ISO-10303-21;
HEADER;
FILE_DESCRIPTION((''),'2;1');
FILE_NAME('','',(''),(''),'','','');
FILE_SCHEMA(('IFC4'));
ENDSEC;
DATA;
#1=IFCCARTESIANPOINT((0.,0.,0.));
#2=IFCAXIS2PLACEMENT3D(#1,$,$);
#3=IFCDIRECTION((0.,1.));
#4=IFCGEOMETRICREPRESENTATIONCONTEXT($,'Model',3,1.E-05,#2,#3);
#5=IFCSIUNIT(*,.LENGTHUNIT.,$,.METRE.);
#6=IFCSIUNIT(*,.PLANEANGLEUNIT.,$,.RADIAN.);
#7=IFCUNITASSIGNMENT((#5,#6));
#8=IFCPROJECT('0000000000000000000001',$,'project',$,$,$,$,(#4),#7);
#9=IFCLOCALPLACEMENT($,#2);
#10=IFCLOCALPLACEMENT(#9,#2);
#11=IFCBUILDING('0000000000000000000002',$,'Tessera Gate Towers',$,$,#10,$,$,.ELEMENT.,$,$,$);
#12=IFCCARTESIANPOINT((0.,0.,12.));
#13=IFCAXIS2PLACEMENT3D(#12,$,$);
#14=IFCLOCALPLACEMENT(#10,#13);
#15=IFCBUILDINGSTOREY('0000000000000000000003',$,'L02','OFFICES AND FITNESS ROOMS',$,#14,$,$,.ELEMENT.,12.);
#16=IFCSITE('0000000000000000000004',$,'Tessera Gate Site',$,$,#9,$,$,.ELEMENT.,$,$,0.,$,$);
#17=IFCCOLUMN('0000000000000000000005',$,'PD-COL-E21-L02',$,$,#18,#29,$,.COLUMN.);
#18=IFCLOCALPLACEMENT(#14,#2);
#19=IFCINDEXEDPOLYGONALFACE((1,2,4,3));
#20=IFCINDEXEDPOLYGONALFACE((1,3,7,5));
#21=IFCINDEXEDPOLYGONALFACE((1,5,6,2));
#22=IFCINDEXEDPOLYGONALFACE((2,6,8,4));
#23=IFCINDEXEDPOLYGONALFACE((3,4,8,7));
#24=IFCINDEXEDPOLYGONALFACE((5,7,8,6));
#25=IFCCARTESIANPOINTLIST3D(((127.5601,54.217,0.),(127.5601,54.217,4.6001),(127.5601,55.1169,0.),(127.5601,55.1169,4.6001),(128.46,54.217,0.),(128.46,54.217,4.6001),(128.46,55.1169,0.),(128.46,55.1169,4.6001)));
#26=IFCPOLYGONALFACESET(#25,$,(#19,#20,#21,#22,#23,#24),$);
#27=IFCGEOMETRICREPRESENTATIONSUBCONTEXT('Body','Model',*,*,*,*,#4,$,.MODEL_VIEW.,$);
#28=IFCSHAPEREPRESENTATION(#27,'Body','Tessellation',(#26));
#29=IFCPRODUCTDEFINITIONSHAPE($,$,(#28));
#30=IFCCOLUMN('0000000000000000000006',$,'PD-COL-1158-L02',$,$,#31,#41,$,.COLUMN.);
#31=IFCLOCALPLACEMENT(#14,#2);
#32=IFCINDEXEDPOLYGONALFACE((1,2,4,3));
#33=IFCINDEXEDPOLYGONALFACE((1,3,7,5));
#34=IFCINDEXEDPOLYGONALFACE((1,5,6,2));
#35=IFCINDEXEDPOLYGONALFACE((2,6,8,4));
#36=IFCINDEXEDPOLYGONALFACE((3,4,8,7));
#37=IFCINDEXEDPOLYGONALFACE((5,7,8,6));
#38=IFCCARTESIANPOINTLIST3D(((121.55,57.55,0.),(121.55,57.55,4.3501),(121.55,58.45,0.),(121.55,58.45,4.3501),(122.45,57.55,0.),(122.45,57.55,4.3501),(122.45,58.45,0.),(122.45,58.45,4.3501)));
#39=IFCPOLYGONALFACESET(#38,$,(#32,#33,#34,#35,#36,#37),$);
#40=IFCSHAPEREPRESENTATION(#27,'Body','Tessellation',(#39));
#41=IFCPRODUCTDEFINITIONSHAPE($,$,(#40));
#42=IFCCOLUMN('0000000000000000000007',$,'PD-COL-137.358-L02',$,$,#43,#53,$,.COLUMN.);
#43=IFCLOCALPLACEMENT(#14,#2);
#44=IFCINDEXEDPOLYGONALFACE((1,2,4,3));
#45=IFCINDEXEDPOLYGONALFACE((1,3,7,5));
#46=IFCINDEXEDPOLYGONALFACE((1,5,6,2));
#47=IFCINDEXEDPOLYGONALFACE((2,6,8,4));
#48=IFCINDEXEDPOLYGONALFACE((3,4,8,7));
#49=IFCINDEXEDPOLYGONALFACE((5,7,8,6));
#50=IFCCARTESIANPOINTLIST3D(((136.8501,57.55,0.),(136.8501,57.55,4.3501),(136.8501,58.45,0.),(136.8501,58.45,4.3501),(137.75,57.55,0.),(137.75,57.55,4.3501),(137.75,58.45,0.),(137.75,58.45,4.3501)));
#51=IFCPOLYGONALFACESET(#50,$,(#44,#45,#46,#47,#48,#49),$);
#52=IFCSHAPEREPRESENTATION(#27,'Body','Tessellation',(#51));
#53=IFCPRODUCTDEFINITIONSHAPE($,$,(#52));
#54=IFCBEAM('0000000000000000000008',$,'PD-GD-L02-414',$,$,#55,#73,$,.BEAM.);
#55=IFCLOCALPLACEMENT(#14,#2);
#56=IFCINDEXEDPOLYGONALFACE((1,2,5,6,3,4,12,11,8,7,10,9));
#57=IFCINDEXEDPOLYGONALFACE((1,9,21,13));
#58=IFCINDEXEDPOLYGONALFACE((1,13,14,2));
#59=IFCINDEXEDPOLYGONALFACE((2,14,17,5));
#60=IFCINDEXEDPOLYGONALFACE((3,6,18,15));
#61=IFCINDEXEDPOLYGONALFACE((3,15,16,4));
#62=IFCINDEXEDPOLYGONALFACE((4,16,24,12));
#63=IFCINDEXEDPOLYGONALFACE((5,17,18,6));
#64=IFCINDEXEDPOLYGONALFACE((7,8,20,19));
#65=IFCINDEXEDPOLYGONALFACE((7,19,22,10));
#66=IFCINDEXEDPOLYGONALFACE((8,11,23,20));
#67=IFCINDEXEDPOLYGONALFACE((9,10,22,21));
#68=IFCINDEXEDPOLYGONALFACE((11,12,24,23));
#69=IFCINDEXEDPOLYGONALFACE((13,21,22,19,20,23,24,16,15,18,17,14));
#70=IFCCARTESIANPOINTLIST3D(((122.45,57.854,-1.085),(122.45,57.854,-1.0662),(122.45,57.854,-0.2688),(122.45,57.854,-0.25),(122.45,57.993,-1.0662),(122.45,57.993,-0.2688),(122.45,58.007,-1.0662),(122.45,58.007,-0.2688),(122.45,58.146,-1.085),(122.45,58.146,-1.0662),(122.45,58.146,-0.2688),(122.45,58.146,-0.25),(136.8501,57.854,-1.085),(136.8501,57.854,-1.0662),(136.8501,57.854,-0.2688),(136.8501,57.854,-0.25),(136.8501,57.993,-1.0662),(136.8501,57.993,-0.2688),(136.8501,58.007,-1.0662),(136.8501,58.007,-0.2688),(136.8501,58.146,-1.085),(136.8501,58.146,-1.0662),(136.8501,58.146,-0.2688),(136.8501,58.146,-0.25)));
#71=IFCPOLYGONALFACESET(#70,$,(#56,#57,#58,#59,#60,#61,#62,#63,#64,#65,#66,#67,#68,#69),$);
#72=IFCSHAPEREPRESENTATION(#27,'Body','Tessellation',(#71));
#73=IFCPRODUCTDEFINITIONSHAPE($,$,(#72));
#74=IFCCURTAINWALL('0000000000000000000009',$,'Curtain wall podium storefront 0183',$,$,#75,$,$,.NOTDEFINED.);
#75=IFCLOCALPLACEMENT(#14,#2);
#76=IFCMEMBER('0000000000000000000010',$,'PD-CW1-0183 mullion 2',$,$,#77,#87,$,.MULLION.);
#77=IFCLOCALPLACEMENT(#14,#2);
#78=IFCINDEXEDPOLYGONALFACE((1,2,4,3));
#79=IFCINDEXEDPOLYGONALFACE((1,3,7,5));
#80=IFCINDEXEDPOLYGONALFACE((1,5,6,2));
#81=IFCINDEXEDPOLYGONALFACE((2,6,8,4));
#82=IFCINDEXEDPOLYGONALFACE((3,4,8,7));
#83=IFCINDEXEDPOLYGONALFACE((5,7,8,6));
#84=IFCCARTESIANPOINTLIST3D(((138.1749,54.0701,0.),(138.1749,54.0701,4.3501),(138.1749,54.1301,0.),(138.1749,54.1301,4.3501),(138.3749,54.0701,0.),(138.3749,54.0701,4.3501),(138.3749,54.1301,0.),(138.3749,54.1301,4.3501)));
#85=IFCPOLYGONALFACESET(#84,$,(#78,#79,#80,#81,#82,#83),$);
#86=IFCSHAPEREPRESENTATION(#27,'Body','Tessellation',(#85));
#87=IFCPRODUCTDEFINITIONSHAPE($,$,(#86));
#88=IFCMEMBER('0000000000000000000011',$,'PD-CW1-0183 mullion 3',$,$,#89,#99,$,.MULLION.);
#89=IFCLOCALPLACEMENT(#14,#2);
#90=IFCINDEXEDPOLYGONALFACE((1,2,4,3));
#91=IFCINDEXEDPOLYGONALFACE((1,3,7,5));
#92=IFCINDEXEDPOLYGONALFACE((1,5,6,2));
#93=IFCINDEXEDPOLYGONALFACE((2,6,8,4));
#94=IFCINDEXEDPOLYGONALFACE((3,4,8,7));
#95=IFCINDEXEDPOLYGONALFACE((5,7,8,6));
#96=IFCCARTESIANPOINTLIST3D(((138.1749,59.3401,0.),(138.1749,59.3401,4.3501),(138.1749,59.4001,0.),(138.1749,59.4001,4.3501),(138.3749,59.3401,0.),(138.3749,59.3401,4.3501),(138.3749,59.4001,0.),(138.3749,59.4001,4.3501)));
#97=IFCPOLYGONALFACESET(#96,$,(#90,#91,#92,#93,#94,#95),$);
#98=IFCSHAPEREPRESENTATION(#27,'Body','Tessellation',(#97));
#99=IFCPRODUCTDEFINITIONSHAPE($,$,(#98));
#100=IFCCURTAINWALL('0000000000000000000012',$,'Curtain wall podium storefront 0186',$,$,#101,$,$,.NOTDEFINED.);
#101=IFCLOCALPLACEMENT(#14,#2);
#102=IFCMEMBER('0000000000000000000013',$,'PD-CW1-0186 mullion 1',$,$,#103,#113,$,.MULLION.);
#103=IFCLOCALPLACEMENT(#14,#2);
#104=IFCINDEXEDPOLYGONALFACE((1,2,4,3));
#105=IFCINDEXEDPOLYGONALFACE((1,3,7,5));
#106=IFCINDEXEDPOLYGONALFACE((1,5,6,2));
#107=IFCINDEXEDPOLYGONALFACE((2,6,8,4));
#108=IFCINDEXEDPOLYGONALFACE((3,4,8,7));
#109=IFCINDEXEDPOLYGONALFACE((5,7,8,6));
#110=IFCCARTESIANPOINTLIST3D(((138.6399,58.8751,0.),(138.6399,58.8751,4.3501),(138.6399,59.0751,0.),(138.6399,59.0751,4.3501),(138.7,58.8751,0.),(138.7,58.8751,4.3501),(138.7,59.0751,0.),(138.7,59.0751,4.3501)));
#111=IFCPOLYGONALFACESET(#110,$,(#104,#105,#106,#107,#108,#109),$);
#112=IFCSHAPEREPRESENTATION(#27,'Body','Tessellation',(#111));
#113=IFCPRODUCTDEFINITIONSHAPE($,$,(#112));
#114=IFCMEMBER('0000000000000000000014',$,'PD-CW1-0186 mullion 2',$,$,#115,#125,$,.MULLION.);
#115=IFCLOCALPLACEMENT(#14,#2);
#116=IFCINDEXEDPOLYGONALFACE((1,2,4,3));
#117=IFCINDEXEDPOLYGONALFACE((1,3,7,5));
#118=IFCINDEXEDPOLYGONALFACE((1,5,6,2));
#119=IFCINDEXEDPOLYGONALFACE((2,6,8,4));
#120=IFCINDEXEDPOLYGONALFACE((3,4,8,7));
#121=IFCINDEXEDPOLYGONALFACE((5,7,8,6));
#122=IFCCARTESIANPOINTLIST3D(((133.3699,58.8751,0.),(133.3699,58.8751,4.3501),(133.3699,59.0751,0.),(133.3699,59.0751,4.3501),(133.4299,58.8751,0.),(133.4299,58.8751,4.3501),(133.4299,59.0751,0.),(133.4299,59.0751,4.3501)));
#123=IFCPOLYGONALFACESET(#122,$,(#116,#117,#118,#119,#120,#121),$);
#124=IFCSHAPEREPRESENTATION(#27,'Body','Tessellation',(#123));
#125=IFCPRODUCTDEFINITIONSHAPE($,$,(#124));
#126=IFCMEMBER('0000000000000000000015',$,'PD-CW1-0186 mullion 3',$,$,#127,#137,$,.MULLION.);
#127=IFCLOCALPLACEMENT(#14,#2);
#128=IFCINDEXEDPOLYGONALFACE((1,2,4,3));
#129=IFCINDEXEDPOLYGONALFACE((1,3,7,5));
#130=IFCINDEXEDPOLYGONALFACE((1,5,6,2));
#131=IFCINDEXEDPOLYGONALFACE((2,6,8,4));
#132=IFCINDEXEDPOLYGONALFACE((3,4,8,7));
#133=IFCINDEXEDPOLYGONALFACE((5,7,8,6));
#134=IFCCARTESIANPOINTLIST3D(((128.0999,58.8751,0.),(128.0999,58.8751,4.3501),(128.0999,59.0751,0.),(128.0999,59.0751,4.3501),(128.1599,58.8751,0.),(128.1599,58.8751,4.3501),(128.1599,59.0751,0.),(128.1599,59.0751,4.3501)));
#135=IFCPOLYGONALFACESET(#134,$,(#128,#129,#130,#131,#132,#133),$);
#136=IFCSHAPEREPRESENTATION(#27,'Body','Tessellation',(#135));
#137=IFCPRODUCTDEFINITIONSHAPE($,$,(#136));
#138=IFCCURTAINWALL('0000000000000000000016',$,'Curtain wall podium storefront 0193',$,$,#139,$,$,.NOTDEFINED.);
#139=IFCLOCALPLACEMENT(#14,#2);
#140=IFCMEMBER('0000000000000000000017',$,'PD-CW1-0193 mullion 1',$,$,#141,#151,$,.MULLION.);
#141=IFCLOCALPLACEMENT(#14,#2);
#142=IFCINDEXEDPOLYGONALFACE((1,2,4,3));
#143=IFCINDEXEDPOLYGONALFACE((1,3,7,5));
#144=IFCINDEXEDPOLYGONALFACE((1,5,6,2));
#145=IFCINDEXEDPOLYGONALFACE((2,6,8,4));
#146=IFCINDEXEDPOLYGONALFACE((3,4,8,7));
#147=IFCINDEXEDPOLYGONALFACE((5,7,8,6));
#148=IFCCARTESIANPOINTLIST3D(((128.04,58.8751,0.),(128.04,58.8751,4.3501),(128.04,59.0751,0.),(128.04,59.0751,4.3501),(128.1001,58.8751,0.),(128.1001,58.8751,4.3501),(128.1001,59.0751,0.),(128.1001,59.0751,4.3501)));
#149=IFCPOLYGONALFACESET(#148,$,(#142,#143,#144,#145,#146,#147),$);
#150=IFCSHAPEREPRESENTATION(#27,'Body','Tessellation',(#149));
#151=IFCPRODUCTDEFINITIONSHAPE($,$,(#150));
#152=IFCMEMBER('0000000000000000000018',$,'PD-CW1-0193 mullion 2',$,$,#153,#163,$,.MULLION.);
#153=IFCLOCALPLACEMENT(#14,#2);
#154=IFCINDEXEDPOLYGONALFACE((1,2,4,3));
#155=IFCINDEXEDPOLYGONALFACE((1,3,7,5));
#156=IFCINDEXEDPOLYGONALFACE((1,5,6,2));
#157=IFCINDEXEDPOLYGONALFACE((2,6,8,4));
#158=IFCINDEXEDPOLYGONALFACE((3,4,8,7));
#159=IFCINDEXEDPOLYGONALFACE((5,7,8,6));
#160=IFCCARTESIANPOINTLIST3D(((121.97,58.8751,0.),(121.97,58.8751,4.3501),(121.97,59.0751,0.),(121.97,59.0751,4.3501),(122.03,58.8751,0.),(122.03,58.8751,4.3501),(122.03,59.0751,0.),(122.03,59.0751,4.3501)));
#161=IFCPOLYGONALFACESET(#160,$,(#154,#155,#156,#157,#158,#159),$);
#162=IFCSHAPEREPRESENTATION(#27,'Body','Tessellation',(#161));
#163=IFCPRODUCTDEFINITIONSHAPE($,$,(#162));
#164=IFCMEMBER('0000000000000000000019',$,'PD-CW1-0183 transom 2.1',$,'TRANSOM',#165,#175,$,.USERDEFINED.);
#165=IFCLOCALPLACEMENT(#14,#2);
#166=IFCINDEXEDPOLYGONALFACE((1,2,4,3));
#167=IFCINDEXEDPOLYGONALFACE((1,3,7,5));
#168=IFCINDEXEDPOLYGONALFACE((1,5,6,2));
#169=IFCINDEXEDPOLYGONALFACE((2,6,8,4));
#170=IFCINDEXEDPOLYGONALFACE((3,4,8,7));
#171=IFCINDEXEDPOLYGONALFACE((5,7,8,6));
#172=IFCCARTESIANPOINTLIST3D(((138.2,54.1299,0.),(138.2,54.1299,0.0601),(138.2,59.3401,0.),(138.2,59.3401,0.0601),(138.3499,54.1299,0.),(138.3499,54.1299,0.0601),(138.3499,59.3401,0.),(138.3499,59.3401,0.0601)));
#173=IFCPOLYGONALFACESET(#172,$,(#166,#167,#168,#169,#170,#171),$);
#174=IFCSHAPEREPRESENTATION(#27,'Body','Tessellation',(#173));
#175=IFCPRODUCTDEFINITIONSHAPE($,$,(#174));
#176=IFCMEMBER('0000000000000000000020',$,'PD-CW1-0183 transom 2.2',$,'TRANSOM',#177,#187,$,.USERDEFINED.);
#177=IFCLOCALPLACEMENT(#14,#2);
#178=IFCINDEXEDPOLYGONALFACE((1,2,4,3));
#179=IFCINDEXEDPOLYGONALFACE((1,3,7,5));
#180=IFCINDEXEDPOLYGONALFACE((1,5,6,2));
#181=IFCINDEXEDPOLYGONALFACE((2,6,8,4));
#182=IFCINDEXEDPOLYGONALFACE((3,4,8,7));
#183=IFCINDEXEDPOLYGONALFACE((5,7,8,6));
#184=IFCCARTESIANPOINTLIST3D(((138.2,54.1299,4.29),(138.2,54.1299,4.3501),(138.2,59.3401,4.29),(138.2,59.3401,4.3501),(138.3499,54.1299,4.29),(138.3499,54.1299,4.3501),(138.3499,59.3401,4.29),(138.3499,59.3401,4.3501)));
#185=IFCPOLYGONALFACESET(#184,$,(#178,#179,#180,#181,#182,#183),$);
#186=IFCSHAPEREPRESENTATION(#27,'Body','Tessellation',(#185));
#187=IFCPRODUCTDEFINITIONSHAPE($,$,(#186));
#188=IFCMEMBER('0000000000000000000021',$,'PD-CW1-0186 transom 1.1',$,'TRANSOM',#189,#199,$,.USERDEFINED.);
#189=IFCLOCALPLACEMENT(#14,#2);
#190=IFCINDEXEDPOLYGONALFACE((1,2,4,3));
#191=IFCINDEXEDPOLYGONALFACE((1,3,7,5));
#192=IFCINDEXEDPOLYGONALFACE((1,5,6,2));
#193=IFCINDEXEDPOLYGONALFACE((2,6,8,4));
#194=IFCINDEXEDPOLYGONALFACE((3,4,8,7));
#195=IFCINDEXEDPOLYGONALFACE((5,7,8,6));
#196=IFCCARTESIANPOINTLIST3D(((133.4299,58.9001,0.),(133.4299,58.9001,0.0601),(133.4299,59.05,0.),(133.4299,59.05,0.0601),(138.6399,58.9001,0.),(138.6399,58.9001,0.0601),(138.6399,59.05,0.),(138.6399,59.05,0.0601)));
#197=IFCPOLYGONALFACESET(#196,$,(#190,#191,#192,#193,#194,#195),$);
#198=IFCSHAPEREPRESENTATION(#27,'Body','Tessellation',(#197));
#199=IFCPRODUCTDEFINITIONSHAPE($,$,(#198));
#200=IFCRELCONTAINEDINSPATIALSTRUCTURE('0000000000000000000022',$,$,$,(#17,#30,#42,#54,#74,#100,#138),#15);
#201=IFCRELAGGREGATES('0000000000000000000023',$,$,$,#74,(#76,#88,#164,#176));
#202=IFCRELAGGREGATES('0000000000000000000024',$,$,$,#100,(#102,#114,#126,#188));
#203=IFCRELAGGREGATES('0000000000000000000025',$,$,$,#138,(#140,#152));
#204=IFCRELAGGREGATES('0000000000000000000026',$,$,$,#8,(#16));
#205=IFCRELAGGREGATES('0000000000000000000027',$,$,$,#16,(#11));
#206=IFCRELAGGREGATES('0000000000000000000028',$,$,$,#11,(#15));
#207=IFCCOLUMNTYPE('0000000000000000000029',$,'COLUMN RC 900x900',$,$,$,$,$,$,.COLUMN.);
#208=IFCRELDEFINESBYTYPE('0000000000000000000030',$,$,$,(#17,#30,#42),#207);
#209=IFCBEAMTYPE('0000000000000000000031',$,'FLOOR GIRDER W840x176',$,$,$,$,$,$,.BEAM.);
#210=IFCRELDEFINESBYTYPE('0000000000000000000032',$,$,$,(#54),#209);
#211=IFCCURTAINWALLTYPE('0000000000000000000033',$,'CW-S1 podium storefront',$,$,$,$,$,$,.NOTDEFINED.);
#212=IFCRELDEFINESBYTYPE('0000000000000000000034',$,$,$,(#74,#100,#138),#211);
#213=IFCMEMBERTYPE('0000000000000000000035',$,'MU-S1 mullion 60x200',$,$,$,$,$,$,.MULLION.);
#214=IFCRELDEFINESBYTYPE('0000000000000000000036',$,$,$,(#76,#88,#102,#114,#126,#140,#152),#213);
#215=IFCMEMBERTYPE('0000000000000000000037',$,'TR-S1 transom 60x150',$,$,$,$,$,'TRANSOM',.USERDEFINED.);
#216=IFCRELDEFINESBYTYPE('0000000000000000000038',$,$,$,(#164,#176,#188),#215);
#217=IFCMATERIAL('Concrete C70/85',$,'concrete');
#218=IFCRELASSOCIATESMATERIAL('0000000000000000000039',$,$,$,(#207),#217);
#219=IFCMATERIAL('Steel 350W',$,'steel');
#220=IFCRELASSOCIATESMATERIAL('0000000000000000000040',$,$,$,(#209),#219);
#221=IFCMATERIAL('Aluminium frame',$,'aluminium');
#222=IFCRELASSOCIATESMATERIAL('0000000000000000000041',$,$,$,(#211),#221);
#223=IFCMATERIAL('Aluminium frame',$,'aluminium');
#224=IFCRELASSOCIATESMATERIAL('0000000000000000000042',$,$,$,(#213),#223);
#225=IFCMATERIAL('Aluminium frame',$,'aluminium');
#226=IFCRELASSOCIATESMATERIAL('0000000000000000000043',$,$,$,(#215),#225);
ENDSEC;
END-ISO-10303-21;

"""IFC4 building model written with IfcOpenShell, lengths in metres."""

from ifc_helpers import new_model, si_unit, direction, frame, origin, origin_2d, place, context, subcontext, project, spatial, rectangle, i_section, extrude, material, material_profile, profile_set, type_object, element, aggregate, save


model = new_model("IFC4")

# Units and contexts
model_context = context("Model", 3, precision=1e-05, world=origin(), true_north=direction((0.0, 1.0)))
body_context = subcontext(model_context, "Body", "Model", "MODEL_VIEW")
ifc_project = project(units=[si_unit("LENGTHUNIT", "METRE"), si_unit("PLANEANGLEUNIT", "RADIAN")], contexts=[model_context])

# Site, building, storey
site_placement = place(None, origin())
site = spatial("IfcSite", under=ifc_project, at=site_placement, Name="Tessera Gate Site", CompositionType="ELEMENT", RefElevation=0.0)
building_placement = place(site_placement, origin())
building = spatial("IfcBuilding", under=site, at=building_placement, Name="Tessera Gate Towers", CompositionType="ELEMENT")
storey_placement = place(building_placement, frame((0.0, 0.0, 12.0)))
storey = spatial("IfcBuildingStorey", under=building, at=storey_placement, Name="L02", Description="OFFICES AND FITNESS ROOMS", CompositionType="ELEMENT", Elevation=12.0)

# Columns
ifc_material_1 = material(Name="Concrete C70/85", Category="concrete")
ifc_material_profile_1 = material_profile(ifc_material_1, rectangle(XDim=0.8999, YDim=0.8999, at=origin_2d()), Name="RC 900x900")
ifc_profile_set_1 = profile_set([ifc_material_profile_1], Name="Concrete C70/85")
column_type = type_object("IfcColumnType", Name="COLUMN RC 900x900", PredefinedType="COLUMN", material=ifc_profile_set_1)
column_placement = place(storey_placement, frame((128.01, 54.667, 0.0), z_axis=(0.0, 0.0, 1.0), x_axis=(1.0, 0.0, 0.0)))
element("IfcColumn", 1, at=column_placement, inside=storey, type_object=column_type, Name="PD-COL-E21-L02", PredefinedType="COLUMN", context=body_context, shape_type="SweptSolid", body=[
    extrude(rectangle(XDim=0.8999, YDim=0.8999, at=origin_2d()), origin(), (0.0, 0.0, 1.0), 4.6001),
])
for number, where, z_axis, x_axis, name in (
    (2, (122.0, 58.0, 0.0), (0.0, 0.0, 1.0), (1.0, 0.0, 0.0), "PD-COL-1158-L02"),
    (3, (137.3, 58.0, 0.0), (0.0, 0.0, 1.0), (1.0, 0.0, 0.0), "PD-COL-137.358-L02"),
):
    element("IfcColumn", number, at=place(storey_placement, frame(where, z_axis=z_axis, x_axis=x_axis)), inside=storey, type_object=column_type, Name=name, PredefinedType="COLUMN", context=body_context, shape_type="SweptSolid", body=[
        extrude(rectangle(XDim=0.8999, YDim=0.8999, at=origin_2d()), origin(), (0.0, 0.0, 1.0), 4.3501),
    ])

# Beam
ifc_material_2 = material(Name="Steel 350W", Category="steel")
ifc_material_profile_2 = material_profile(ifc_material_2, i_section(OverallWidth=0.292, OverallDepth=0.835, WebThickness=0.0139, FlangeThickness=0.0188, at=origin_2d()), Name="W840x176")
ifc_profile_set_2 = profile_set([ifc_material_profile_2], Name="Steel 350W")
beam_type = type_object("IfcBeamType", Name="FLOOR GIRDER W840x176", PredefinedType="BEAM", material=ifc_profile_set_2)
beam_placement = place(storey_placement, frame((122.45, 58.0, -0.6675), z_axis=(1.0, 0.0, 0.0), x_axis=(0.0, 1.0, 0.0)))
element("IfcBeam", 4, at=beam_placement, inside=storey, type_object=beam_type, Name="PD-GD-L02-414", PredefinedType="BEAM", context=body_context, shape_type="SweptSolid", body=[
    extrude(i_section(OverallWidth=0.292, OverallDepth=0.835, WebThickness=0.0139, FlangeThickness=0.0188, at=origin_2d()), origin(), (0.0, 0.0, 1.0), 14.4001),
])

# Curtain walls, members
ifc_material_3 = material(Name="Aluminium frame", Category="aluminium")
curtain_wall_type = type_object("IfcCurtainWallType", Name="CW-S1 podium storefront", PredefinedType="NOTDEFINED", material=ifc_material_3)
curtain_wall_1_placement = place(storey_placement, origin())
curtain_wall_1 = element("IfcCurtainWall", 5, at=curtain_wall_1_placement, inside=storey, type_object=curtain_wall_type, Name="Curtain wall podium storefront 0183", PredefinedType="NOTDEFINED")
ifc_material_4 = material(Name="Aluminium frame", Category="aluminium")
ifc_material_profile_3 = material_profile(ifc_material_4, rectangle(XDim=0.0601, YDim=0.2, at=origin_2d()), Name="AL 60x200")
ifc_profile_set_3 = profile_set([ifc_material_profile_3], Name="Aluminium frame")
member_type_1 = type_object("IfcMemberType", Name="MU-S1 mullion 60x200", PredefinedType="MULLION", material=ifc_profile_set_3)
member_1_placement = place(storey_placement, frame((138.2749, 54.1001, 0.0), z_axis=(0.0, 0.0, 1.0), x_axis=(0.0, 1.0, 0.0)))
member_1 = element("IfcMember", 6, at=member_1_placement, type_object=member_type_1, Name="PD-CW1-0183 mullion 2", PredefinedType="MULLION", context=body_context, shape_type="SweptSolid", body=[
    extrude(rectangle(XDim=0.0601, YDim=0.2, at=origin_2d()), origin(), (0.0, 0.0, 1.0), 4.3501),
])
member_2_placement = place(storey_placement, frame((138.2749, 59.3701, 0.0), z_axis=(0.0, 0.0, 1.0), x_axis=(0.0, 1.0, 0.0)))
member_2 = element("IfcMember", 7, at=member_2_placement, type_object=member_type_1, Name="PD-CW1-0183 mullion 3", PredefinedType="MULLION", context=body_context, shape_type="SweptSolid", body=[
    extrude(rectangle(XDim=0.0601, YDim=0.2, at=origin_2d()), origin(), (0.0, 0.0, 1.0), 4.3501),
])
curtain_wall_2_placement = place(storey_placement, origin())
curtain_wall_2 = element("IfcCurtainWall", 8, at=curtain_wall_2_placement, inside=storey, type_object=curtain_wall_type, Name="Curtain wall podium storefront 0186", PredefinedType="NOTDEFINED")
member_3_placement = place(storey_placement, frame((138.6699, 58.9751, 0.0), z_axis=(0.0, 0.0, 1.0), x_axis=(-1.0, 0.0, 0.0)))
member_3 = element("IfcMember", 9, at=member_3_placement, type_object=member_type_1, Name="PD-CW1-0186 mullion 1", PredefinedType="MULLION", context=body_context, shape_type="SweptSolid", body=[
    extrude(rectangle(XDim=0.0601, YDim=0.2, at=origin_2d()), origin(), (0.0, 0.0, 1.0), 4.3501),
])
member_4_placement = place(storey_placement, frame((133.3999, 58.9751, 0.0), z_axis=(0.0, 0.0, 1.0), x_axis=(-1.0, 0.0, 0.0)))
member_4 = element("IfcMember", 10, at=member_4_placement, type_object=member_type_1, Name="PD-CW1-0186 mullion 2", PredefinedType="MULLION", context=body_context, shape_type="SweptSolid", body=[
    extrude(rectangle(XDim=0.0601, YDim=0.2, at=origin_2d()), origin(), (0.0, 0.0, 1.0), 4.3501),
])
member_5_placement = place(storey_placement, frame((128.1299, 58.9751, 0.0), z_axis=(0.0, 0.0, 1.0), x_axis=(-1.0, 0.0, 0.0)))
member_5 = element("IfcMember", 11, at=member_5_placement, type_object=member_type_1, Name="PD-CW1-0186 mullion 3", PredefinedType="MULLION", context=body_context, shape_type="SweptSolid", body=[
    extrude(rectangle(XDim=0.0601, YDim=0.2, at=origin_2d()), origin(), (0.0, 0.0, 1.0), 4.3501),
])
curtain_wall_3_placement = place(storey_placement, origin())
curtain_wall_3 = element("IfcCurtainWall", 12, at=curtain_wall_3_placement, inside=storey, type_object=curtain_wall_type, Name="Curtain wall podium storefront 0193", PredefinedType="NOTDEFINED")
member_6_placement = place(storey_placement, frame((128.0701, 58.9751, 0.0), z_axis=(0.0, 0.0, 1.0), x_axis=(-1.0, 0.0, 0.0)))
member_6 = element("IfcMember", 13, at=member_6_placement, type_object=member_type_1, Name="PD-CW1-0193 mullion 1", PredefinedType="MULLION", context=body_context, shape_type="SweptSolid", body=[
    extrude(rectangle(XDim=0.0601, YDim=0.2, at=origin_2d()), origin(), (0.0, 0.0, 1.0), 4.3501),
])
member_7_placement = place(storey_placement, frame((122.0, 58.9751, 0.0), z_axis=(0.0, 0.0, 1.0), x_axis=(-1.0, 0.0, 0.0)))
member_7 = element("IfcMember", 14, at=member_7_placement, type_object=member_type_1, Name="PD-CW1-0193 mullion 2", PredefinedType="MULLION", context=body_context, shape_type="SweptSolid", body=[
    extrude(rectangle(XDim=0.0601, YDim=0.2, at=origin_2d()), origin(), (0.0, 0.0, 1.0), 4.3501),
])

# Members
ifc_material_5 = material(Name="Aluminium frame", Category="aluminium")
ifc_material_profile_4 = material_profile(ifc_material_5, rectangle(XDim=0.1499, YDim=0.0601, at=origin_2d()), Name="AL 60x150")
ifc_profile_set_4 = profile_set([ifc_material_profile_4], Name="Aluminium frame")
member_type_2 = type_object("IfcMemberType", Name="TR-S1 transom 60x150", ElementType="TRANSOM", PredefinedType="USERDEFINED", material=ifc_profile_set_4)
member_8_placement = place(storey_placement, frame((138.2749, 54.1299, 0.03), z_axis=(0.0, 1.0, 0.0), x_axis=(-1.0, 0.0, 0.0)))
member_8 = element("IfcMember", 15, at=member_8_placement, type_object=member_type_2, Name="PD-CW1-0183 transom 2.1", ObjectType="TRANSOM", PredefinedType="USERDEFINED", context=body_context, shape_type="SweptSolid", body=[
    extrude(rectangle(XDim=0.1499, YDim=0.0601, at=origin_2d()), origin(), (0.0, 0.0, 1.0), 5.2102),
])
member_9_placement = place(storey_placement, frame((138.2749, 54.1299, 4.3201), z_axis=(0.0, 1.0, 0.0), x_axis=(-1.0, 0.0, 0.0)))
member_9 = element("IfcMember", 16, at=member_9_placement, type_object=member_type_2, Name="PD-CW1-0183 transom 2.2", ObjectType="TRANSOM", PredefinedType="USERDEFINED", context=body_context, shape_type="SweptSolid", body=[
    extrude(rectangle(XDim=0.1499, YDim=0.0601, at=origin_2d()), origin(), (0.0, 0.0, 1.0), 5.2102),
])
member_10_placement = place(storey_placement, frame((138.6399, 58.9751, 0.03), z_axis=(-1.0, 0.0, 0.0), x_axis=(0.0, -1.0, 0.0)))
member_10 = element("IfcMember", 17, at=member_10_placement, type_object=member_type_2, Name="PD-CW1-0186 transom 1.1", ObjectType="TRANSOM", PredefinedType="USERDEFINED", context=body_context, shape_type="SweptSolid", body=[
    extrude(rectangle(XDim=0.1499, YDim=0.0601, at=origin_2d()), origin(), (0.0, 0.0, 1.0), 5.21),
])

aggregate(curtain_wall_1, [member_1, member_2, member_8, member_9])
aggregate(curtain_wall_2, [member_3, member_4, member_5, member_10])
aggregate(curtain_wall_3, [member_6, member_7])

save(model, "model.ifc")
